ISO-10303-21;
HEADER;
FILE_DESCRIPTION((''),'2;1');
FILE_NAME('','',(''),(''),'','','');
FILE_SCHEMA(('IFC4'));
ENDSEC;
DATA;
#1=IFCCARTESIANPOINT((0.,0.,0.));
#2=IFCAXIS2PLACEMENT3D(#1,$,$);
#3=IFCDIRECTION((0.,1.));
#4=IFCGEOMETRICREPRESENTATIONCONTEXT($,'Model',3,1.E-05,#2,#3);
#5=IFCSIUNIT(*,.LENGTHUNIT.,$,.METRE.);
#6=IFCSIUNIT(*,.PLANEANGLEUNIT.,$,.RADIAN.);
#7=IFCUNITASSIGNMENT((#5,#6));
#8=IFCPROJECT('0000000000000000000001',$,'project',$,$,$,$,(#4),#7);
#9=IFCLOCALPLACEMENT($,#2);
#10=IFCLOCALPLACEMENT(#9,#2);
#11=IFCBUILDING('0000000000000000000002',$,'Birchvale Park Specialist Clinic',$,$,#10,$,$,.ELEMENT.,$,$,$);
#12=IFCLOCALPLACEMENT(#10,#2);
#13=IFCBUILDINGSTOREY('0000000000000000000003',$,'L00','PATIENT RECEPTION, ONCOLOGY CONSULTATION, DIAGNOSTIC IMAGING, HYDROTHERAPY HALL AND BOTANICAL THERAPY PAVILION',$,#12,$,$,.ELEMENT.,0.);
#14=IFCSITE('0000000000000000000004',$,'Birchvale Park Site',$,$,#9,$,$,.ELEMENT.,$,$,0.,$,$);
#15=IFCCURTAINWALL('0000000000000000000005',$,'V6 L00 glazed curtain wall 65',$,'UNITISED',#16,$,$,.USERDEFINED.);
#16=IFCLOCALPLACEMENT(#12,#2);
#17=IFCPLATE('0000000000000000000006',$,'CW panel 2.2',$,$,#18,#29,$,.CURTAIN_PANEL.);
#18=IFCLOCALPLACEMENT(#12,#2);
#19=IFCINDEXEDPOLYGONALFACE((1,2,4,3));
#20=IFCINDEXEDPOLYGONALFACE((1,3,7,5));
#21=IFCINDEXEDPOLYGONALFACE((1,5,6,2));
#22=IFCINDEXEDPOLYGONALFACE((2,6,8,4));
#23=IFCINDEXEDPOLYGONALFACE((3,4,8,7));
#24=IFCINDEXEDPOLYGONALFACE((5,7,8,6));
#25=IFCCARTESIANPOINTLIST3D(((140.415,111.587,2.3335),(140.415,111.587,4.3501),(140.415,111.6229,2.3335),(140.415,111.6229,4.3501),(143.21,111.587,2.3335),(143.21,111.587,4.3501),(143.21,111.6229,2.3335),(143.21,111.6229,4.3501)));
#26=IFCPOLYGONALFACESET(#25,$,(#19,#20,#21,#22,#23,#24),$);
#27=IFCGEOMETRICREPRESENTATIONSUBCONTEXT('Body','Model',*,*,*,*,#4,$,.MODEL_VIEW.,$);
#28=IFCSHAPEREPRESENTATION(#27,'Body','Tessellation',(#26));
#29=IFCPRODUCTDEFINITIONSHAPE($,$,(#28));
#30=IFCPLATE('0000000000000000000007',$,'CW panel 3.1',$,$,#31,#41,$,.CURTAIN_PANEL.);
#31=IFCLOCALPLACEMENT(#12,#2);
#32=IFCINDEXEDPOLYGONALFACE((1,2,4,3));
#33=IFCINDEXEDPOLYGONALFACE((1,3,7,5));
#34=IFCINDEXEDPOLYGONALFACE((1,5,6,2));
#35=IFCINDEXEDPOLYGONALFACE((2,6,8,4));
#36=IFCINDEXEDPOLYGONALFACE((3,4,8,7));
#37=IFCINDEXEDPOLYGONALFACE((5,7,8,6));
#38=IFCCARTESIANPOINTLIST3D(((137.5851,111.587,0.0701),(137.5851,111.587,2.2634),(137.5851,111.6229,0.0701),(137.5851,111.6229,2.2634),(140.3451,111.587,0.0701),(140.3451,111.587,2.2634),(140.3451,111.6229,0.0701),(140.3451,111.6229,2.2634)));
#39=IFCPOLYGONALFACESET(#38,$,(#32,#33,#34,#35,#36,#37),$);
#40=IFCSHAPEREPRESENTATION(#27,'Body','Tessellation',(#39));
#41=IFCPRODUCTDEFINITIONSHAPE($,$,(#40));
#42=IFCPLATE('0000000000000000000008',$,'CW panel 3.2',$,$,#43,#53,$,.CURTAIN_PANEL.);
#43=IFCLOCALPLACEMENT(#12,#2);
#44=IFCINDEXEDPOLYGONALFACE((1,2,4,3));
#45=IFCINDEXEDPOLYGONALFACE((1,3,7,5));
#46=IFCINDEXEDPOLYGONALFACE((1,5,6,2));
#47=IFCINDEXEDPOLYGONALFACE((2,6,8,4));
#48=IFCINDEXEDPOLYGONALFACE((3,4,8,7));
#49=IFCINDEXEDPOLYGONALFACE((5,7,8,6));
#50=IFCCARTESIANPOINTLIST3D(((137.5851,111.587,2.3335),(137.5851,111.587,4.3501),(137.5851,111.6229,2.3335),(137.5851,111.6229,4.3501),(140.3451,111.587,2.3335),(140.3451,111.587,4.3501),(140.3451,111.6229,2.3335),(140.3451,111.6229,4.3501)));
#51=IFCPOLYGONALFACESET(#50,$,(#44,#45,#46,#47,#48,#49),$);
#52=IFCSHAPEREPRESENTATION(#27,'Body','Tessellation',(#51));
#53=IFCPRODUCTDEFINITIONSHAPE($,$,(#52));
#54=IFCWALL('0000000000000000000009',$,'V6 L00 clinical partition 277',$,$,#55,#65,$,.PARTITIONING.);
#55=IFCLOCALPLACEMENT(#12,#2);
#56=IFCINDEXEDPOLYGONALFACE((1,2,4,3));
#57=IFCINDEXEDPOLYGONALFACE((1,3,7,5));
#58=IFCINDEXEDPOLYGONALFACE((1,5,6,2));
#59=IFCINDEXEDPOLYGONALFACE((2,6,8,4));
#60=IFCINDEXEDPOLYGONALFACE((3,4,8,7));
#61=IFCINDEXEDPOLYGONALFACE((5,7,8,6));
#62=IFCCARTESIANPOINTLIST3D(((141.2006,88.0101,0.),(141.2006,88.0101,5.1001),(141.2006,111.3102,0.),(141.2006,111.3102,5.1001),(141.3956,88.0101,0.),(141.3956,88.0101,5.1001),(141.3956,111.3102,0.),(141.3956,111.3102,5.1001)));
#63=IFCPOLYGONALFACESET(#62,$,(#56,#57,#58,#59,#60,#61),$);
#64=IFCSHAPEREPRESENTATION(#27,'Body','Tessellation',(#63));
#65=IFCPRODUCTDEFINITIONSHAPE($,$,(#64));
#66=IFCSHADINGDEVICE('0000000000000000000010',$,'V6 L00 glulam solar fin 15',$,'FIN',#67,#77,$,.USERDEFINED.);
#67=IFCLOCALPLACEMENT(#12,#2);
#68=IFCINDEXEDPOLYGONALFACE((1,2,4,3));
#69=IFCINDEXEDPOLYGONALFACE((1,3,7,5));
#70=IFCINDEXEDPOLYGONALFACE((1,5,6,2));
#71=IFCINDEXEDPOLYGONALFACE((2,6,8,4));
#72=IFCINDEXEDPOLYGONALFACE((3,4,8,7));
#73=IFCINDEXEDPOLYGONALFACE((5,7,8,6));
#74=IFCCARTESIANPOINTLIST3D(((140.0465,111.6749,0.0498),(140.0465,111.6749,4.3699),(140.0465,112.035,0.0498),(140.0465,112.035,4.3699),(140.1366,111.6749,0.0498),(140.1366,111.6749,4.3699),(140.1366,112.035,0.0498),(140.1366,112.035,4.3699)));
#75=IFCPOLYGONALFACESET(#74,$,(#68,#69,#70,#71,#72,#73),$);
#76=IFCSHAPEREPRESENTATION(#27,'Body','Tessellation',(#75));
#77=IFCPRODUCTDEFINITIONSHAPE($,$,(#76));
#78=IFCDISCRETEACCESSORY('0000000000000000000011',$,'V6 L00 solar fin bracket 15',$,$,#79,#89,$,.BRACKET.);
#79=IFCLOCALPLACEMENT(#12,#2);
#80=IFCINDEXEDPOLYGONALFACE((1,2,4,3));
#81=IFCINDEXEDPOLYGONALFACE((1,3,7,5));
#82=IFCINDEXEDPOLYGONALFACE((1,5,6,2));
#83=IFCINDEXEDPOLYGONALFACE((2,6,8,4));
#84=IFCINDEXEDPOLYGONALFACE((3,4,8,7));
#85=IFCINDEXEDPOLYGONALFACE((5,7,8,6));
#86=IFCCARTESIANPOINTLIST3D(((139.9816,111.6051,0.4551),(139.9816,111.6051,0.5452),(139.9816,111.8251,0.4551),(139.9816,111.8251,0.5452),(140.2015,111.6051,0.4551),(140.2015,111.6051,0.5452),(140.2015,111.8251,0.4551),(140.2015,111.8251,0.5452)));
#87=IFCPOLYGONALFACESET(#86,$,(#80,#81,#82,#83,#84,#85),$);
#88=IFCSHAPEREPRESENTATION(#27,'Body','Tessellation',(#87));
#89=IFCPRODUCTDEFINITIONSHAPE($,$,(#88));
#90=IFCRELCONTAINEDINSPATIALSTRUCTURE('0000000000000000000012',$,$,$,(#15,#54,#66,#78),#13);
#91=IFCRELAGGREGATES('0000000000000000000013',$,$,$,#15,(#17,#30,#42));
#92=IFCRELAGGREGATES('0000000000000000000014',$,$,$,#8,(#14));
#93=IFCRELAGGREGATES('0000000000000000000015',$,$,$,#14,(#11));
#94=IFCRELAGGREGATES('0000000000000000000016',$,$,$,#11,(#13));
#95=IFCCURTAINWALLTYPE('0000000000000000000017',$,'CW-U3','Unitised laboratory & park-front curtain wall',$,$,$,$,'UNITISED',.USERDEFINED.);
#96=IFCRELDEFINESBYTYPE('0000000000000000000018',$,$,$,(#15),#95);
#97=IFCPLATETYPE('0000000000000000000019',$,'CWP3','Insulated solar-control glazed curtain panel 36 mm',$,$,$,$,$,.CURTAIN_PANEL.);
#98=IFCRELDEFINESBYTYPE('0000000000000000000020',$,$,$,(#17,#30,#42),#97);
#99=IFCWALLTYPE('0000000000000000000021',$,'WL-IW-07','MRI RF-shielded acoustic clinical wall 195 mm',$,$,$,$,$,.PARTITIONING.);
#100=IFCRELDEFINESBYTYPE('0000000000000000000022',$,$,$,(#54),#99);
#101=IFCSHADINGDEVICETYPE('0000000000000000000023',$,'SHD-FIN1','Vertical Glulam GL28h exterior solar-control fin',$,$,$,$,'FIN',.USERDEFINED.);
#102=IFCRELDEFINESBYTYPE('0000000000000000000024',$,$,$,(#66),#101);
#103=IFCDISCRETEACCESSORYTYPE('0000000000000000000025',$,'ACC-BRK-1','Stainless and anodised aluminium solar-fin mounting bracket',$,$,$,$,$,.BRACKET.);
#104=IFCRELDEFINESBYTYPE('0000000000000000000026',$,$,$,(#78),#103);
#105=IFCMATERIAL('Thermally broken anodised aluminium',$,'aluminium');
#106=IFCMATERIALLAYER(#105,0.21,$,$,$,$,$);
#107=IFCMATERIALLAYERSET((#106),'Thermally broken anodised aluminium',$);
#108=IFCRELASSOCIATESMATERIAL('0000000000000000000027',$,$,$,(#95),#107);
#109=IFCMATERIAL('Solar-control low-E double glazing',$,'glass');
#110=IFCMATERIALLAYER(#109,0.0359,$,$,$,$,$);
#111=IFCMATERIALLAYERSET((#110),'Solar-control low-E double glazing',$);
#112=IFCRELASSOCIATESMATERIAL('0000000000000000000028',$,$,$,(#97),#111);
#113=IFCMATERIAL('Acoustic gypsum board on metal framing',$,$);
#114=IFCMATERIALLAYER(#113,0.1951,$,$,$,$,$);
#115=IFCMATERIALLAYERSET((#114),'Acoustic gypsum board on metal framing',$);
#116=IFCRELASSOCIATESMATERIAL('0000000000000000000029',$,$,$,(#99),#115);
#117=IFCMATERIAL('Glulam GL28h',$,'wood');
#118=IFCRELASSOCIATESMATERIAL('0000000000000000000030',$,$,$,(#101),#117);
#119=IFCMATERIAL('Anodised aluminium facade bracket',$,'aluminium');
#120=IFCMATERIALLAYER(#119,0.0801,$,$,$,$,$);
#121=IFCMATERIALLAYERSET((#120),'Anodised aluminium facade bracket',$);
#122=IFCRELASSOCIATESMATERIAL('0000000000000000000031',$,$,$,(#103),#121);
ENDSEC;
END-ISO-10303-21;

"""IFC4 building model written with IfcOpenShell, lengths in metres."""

from ifc_helpers import new_model, si_unit, direction, frame, frame_2d, origin, origin_2d, place, context, subcontext, project, spatial, rectangle, extrude, material, layer, layer_set, type_object, element, aggregate, save


model = new_model("IFC4")

# Units and contexts
model_context = context("Model", 3, precision=1e-05, world=origin(), true_north=direction((0.0, 1.0)))
body_context = subcontext(model_context, "Body", "Model", "MODEL_VIEW")
ifc_project = project(units=[si_unit("LENGTHUNIT", "METRE"), si_unit("PLANEANGLEUNIT", "RADIAN")], contexts=[model_context])

# Site, building, storey
site_placement = place(None, origin())
site = spatial("IfcSite", under=ifc_project, at=site_placement, Name="Birchvale Park Site", CompositionType="ELEMENT", RefElevation=0.0)
building_placement = place(site_placement, origin())
building = spatial("IfcBuilding", under=site, at=building_placement, Name="Birchvale Park Specialist Clinic", CompositionType="ELEMENT")
storey_placement = place(building_placement, origin())
storey = spatial("IfcBuildingStorey", under=building, at=storey_placement, Name="L00", Description="PATIENT RECEPTION, ONCOLOGY CONSULTATION, DIAGNOSTIC IMAGING, HYDROTHERAPY HALL AND BOTANICAL THERAPY PAVILION", CompositionType="ELEMENT", Elevation=0.0)

# Curtain wall
ifc_material_1 = material(Name="Thermally broken anodised aluminium", Category="aluminium")
ifc_layer_1 = layer(ifc_material_1, 0.21)
ifc_layer_set_1 = layer_set([ifc_layer_1], Name="Thermally broken anodised aluminium")
curtain_wall_type = type_object("IfcCurtainWallType", Name="CW-U3", Description="Unitised laboratory & park-front curtain wall", ElementType="UNITISED", PredefinedType="USERDEFINED", material=ifc_layer_set_1)
curtain_wall_placement = place(storey_placement, origin())
curtain_wall = element("IfcCurtainWall", 1, at=curtain_wall_placement, inside=storey, type_object=curtain_wall_type, Name="V6 L00 glazed curtain wall 65", ObjectType="UNITISED", PredefinedType="USERDEFINED")

# Plates
ifc_material_2 = material(Name="Solar-control low-E double glazing", Category="glass")
ifc_layer_2 = layer(ifc_material_2, 0.0359)
ifc_layer_set_2 = layer_set([ifc_layer_2], Name="Solar-control low-E double glazing")
plate_type = type_object("IfcPlateType", Name="CWP3", Description="Insulated solar-control glazed curtain panel 36 mm", PredefinedType="CURTAIN_PANEL", material=ifc_layer_set_2)
plate_1_placement = place(storey_placement, frame((141.8125, 111.605, 2.3335), z_axis=(0.0, 0.0, 1.0), x_axis=(-1.0, 0.0, 0.0)))
plate_1 = element("IfcPlate", 2, at=plate_1_placement, type_object=plate_type, Name="CW panel 2.2", PredefinedType="CURTAIN_PANEL", context=body_context, shape_type="SweptSolid", body=[
    extrude(rectangle(XDim=2.7949, YDim=0.0359, at=origin_2d()), origin(), (0.0, 0.0, 1.0), 2.0166),
])
plate_2_placement = place(storey_placement, frame((138.9651, 111.605, 0.0701), z_axis=(0.0, 0.0, 1.0), x_axis=(-1.0, 0.0, 0.0)))
plate_2 = element("IfcPlate", 3, at=plate_2_placement, type_object=plate_type, Name="CW panel 3.1", PredefinedType="CURTAIN_PANEL", context=body_context, shape_type="SweptSolid", body=[
    extrude(rectangle(XDim=2.76, YDim=0.0359, at=origin_2d()), origin(), (0.0, 0.0, 1.0), 2.1934),
])
plate_3_placement = place(storey_placement, frame((138.9651, 111.605, 2.3335), z_axis=(0.0, 0.0, 1.0), x_axis=(-1.0, 0.0, 0.0)))
plate_3 = element("IfcPlate", 4, at=plate_3_placement, type_object=plate_type, Name="CW panel 3.2", PredefinedType="CURTAIN_PANEL", context=body_context, shape_type="SweptSolid", body=[
    extrude(rectangle(XDim=2.76, YDim=0.0359, at=origin_2d()), origin(), (0.0, 0.0, 1.0), 2.0166),
])
aggregate(curtain_wall, [plate_1, plate_2, plate_3])

# Wall
ifc_material_3 = material(Name="Acoustic gypsum board on metal framing")
ifc_layer_3 = layer(ifc_material_3, 0.1951)
ifc_layer_set_3 = layer_set([ifc_layer_3], Name="Acoustic gypsum board on metal framing")
wall_type_1 = type_object("IfcWallType", Name="WL-IW-07", Description="MRI RF-shielded acoustic clinical wall 195 mm", PredefinedType="PARTITIONING", material=ifc_layer_set_3)
wall_1_placement = place(storey_placement, frame((141.2981, 111.3101, 0.0), z_axis=(0.0, 0.0, 1.0), x_axis=(0.0, -1.0, 0.0)))
element("IfcWall", 5, at=wall_1_placement, inside=storey, type_object=wall_type_1, Name="V6 L00 clinical partition 277", PredefinedType="PARTITIONING", context=body_context, shape_type="SweptSolid", body=[
    extrude(rectangle(XDim=23.3, YDim=0.1951, at=frame_2d((11.6499, 0.0))), origin(), (0.0, 0.0, 1.0), 5.1001),
])

# Shading device
ifc_material_4 = material(Name="Glulam GL28h", Category="wood")
shading_device_type = type_object("IfcShadingDeviceType", Name="SHD-FIN1", Description="Vertical Glulam GL28h exterior solar-control fin", ElementType="FIN", PredefinedType="USERDEFINED", material=ifc_material_4)
shading_device_placement = place(storey_placement, frame((140.0916, 111.855, 0.0498), z_axis=(0.0, 0.0, 1.0), x_axis=(0.0, 1.0, 0.0)))
element("IfcShadingDevice", 6, at=shading_device_placement, inside=storey, type_object=shading_device_type, Name="V6 L00 glulam solar fin 15", ObjectType="FIN", PredefinedType="USERDEFINED", context=body_context, shape_type="SweptSolid", body=[
    extrude(rectangle(XDim=0.3601, YDim=0.0901, at=origin_2d()), origin(), (0.0, 0.0, 1.0), 4.3201),
])

# Discrete accessory
ifc_material_5 = material(Name="Anodised aluminium facade bracket", Category="aluminium")
ifc_layer_4 = layer(ifc_material_5, 0.0801)
ifc_layer_set_4 = layer_set([ifc_layer_4], Name="Anodised aluminium facade bracket")
discrete_accessory_type = type_object("IfcDiscreteAccessoryType", Name="ACC-BRK-1", Description="Stainless and anodised aluminium solar-fin mounting bracket", PredefinedType="BRACKET", material=ifc_layer_set_4)
discrete_accessory_placement = place(storey_placement, frame((140.0916, 111.7151, 0.4551), z_axis=(0.0, 0.0, 1.0), x_axis=(0.0, 1.0, 0.0)))
element("IfcDiscreteAccessory", 7, at=discrete_accessory_placement, inside=storey, type_object=discrete_accessory_type, Name="V6 L00 solar fin bracket 15", PredefinedType="BRACKET", context=body_context, shape_type="SweptSolid", body=[
    extrude(rectangle(XDim=0.22, YDim=0.22, at=origin_2d()), origin(), (0.0, 0.0, 1.0), 0.0901),
])

save(model, "model.ifc")
